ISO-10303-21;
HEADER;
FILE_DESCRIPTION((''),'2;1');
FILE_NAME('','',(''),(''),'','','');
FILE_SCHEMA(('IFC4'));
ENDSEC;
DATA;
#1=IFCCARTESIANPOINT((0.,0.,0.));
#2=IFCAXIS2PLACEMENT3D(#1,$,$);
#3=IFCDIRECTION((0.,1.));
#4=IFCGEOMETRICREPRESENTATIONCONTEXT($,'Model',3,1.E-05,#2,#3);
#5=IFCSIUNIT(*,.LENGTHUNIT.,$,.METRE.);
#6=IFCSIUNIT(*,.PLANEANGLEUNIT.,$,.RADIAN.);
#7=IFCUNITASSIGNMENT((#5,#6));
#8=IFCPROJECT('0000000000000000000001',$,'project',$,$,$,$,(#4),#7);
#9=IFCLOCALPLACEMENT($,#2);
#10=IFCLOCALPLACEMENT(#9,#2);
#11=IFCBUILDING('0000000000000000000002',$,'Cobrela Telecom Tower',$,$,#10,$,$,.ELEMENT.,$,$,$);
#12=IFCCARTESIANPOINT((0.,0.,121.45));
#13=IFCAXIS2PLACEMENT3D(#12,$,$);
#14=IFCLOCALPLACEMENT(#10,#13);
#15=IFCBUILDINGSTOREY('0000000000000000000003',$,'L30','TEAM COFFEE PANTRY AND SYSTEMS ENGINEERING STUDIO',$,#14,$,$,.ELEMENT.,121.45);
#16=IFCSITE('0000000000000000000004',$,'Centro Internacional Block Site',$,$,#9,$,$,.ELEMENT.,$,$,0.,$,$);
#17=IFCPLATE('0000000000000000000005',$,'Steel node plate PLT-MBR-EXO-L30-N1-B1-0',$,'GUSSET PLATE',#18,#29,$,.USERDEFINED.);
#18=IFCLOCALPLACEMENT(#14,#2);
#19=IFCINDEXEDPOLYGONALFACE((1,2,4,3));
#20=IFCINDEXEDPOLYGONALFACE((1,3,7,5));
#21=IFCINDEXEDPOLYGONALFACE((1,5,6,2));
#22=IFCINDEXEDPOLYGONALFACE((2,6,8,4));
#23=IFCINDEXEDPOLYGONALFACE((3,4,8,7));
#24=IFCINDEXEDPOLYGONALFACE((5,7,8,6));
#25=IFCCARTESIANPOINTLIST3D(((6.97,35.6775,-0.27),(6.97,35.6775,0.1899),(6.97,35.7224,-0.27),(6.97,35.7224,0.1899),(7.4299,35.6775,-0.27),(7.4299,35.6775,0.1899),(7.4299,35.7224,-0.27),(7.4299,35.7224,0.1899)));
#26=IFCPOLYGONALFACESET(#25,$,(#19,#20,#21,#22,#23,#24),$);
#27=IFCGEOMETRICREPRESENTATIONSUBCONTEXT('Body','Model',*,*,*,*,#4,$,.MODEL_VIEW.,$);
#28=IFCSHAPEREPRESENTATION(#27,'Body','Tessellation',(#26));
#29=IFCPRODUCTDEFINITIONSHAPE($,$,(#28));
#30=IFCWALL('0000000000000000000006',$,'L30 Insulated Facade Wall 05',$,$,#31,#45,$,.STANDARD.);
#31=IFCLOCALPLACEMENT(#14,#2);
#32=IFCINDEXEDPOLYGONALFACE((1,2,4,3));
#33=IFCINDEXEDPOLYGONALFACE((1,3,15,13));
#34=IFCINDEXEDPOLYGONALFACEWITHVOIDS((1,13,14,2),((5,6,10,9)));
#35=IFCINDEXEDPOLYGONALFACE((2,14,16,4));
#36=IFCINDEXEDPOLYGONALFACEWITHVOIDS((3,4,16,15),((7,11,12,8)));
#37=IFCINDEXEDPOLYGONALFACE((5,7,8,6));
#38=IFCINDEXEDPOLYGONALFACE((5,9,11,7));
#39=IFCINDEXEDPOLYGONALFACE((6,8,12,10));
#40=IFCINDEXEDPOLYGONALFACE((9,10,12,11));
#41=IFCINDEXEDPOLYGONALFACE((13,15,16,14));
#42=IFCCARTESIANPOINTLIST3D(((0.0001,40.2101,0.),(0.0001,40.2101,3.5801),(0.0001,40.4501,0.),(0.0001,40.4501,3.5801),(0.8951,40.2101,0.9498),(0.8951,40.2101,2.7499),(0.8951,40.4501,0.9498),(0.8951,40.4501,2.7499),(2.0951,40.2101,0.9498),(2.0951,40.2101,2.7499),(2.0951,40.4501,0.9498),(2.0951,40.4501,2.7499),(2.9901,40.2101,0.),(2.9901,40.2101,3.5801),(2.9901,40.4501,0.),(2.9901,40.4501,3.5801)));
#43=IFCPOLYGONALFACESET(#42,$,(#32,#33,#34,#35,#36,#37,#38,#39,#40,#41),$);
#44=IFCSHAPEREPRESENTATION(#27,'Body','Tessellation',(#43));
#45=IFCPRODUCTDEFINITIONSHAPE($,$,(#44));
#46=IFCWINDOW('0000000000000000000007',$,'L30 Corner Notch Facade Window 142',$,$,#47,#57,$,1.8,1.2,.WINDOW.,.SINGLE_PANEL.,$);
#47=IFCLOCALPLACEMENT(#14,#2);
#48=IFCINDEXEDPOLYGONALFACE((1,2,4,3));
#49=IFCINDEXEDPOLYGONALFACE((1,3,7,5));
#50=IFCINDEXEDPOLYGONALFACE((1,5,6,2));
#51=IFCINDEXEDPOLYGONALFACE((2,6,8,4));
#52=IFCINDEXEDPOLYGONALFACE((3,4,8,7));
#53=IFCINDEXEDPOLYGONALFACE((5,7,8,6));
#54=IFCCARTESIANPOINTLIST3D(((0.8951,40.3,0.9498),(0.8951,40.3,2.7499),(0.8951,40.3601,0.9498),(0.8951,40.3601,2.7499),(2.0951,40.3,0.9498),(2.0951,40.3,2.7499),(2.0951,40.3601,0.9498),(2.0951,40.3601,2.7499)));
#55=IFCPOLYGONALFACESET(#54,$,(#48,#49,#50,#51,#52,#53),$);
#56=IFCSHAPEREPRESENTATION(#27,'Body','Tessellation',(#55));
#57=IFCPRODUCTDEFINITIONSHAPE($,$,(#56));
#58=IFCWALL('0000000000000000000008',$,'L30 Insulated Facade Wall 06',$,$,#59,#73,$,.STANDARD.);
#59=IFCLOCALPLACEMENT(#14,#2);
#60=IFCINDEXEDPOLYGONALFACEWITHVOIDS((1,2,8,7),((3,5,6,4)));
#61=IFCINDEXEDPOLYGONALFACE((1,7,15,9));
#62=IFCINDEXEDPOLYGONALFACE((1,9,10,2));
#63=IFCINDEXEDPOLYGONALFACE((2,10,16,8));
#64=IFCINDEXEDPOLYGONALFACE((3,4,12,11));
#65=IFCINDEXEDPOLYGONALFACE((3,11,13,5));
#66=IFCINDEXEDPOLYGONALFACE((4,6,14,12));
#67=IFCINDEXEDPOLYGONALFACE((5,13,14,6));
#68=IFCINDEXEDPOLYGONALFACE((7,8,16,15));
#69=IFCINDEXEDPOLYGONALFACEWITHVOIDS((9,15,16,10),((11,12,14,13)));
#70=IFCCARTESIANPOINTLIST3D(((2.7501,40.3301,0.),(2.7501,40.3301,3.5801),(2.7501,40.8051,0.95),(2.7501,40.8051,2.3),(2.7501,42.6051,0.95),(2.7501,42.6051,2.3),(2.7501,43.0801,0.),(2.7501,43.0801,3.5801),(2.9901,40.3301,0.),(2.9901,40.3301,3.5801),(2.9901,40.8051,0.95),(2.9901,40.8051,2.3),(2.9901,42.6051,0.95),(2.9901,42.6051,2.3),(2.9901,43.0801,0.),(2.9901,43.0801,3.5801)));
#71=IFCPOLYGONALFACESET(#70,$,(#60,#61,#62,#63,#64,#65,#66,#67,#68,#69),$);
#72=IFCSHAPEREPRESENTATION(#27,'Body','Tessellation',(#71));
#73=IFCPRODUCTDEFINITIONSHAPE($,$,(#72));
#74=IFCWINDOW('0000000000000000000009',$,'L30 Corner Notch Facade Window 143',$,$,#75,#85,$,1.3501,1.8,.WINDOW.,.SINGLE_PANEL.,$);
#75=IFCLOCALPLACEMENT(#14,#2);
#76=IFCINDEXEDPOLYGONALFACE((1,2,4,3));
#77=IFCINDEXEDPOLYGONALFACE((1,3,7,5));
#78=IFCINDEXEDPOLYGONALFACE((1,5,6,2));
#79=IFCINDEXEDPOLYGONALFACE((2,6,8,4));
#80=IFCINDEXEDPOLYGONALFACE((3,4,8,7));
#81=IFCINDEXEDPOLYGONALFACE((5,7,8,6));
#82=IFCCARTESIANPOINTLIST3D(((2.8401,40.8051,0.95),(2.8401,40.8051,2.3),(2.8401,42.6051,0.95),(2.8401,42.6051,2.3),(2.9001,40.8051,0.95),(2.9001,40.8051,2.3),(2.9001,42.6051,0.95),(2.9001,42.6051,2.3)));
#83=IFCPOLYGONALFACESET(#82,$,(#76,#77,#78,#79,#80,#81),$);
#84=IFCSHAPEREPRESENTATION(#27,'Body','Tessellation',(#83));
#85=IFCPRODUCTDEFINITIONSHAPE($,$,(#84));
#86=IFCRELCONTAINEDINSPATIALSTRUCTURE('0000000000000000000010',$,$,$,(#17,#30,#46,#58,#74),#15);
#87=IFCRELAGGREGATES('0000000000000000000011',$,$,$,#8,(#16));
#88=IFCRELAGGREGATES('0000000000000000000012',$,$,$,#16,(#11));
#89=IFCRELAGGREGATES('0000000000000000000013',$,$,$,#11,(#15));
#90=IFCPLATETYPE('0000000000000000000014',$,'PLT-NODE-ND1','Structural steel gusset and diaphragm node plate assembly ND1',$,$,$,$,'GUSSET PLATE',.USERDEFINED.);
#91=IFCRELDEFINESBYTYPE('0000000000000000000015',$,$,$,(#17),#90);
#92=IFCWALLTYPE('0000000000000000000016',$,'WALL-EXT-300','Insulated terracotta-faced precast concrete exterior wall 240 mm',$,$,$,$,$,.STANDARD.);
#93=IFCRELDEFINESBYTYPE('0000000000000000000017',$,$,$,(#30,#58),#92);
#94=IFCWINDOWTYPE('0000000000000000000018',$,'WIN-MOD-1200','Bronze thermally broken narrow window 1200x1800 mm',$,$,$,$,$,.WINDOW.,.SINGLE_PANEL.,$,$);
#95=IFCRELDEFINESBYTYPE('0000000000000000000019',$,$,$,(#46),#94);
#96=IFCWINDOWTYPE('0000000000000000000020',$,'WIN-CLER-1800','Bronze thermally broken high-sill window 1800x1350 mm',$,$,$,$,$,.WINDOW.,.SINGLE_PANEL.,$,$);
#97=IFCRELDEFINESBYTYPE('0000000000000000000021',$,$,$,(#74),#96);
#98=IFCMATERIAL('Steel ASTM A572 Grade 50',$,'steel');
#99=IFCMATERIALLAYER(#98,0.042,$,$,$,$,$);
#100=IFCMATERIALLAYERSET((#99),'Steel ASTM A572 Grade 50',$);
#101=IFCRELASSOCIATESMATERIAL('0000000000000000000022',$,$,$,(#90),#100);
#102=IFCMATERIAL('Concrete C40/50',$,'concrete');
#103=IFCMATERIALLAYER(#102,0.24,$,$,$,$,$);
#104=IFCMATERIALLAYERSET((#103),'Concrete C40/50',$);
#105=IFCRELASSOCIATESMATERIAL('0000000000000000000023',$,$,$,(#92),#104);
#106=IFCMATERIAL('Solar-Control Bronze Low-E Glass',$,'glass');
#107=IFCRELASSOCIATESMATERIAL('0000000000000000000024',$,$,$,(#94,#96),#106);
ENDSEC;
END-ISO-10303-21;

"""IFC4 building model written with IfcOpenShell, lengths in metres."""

from ifc_helpers import new_model, si_unit, direction, frame, frame_2d, origin, origin_2d, place, context, subcontext, project, spatial, rectangle, extrude, material, layer, layer_set, type_object, element, fill, save


model = new_model("IFC4")

# Units and contexts
model_context = context("Model", 3, precision=1e-05, world=origin(), true_north=direction((0.0, 1.0)))
body_context = subcontext(model_context, "Body", "Model", "MODEL_VIEW")
ifc_project = project(units=[si_unit("LENGTHUNIT", "METRE"), si_unit("PLANEANGLEUNIT", "RADIAN")], contexts=[model_context])

# Site, building, storey
site_placement = place(None, origin())
site = spatial("IfcSite", under=ifc_project, at=site_placement, Name="Centro Internacional Block Site", CompositionType="ELEMENT", RefElevation=0.0)
building_placement = place(site_placement, origin())
building = spatial("IfcBuilding", under=site, at=building_placement, Name="Cobrela Telecom Tower", CompositionType="ELEMENT")
storey_placement = place(building_placement, frame((0.0, 0.0, 121.45)))
storey = spatial("IfcBuildingStorey", under=building, at=storey_placement, Name="L30", Description="TEAM COFFEE PANTRY AND SYSTEMS ENGINEERING STUDIO", CompositionType="ELEMENT", Elevation=121.45)

# Shared definitions
ifc_material_1 = material(Name="Steel ASTM A572 Grade 50", Category="steel")

# Shared definitions
ifc_material_2 = material(Name="Solar-Control Bronze Low-E Glass", Category="glass")

# Plate
ifc_layer_1 = layer(ifc_material_1, 0.042)
ifc_layer_set_1 = layer_set([ifc_layer_1], Name="Steel ASTM A572 Grade 50")
plate_type_1 = type_object("IfcPlateType", Name="PLT-NODE-ND1", Description="Structural steel gusset and diaphragm node plate assembly ND1", ElementType="GUSSET PLATE", PredefinedType="USERDEFINED", material=ifc_layer_set_1)
for number, where, z_axis, x_axis, name in (
    (1, (7.2, 35.7, -0.27), (0.0, 0.0, 1.0), (-1.0, 0.0, 0.0), "Steel node plate PLT-MBR-EXO-L30-N1-B1-0"),
):
    element("IfcPlate", number, at=place(storey_placement, frame(where, z_axis=z_axis, x_axis=x_axis)), inside=storey, type_object=plate_type_1, Name=name, ObjectType="GUSSET PLATE", PredefinedType="USERDEFINED", context=body_context, shape_type="SweptSolid", body=[
        extrude(rectangle(XDim=0.46, YDim=0.0449, at=origin_2d()), origin(), (0.0, 0.0, 1.0), 0.46),
    ])

# Walls, openings, windows
ifc_material_3 = material(Name="Concrete C40/50", Category="concrete")
ifc_layer_2 = layer(ifc_material_3, 0.24)
ifc_layer_set_2 = layer_set([ifc_layer_2], Name="Concrete C40/50")
wall_type = type_object("IfcWallType", Name="WALL-EXT-300", Description="Insulated terracotta-faced precast concrete exterior wall 240 mm", PredefinedType="STANDARD", material=ifc_layer_set_2)
wall_1_placement = place(storey_placement, frame((0.0, 40.3301, 0.0), z_axis=(0.0, 0.0, 1.0), x_axis=(1.0, 0.0, 0.0)))
wall_1 = element("IfcWall", 2, at=wall_1_placement, inside=storey, type_object=wall_type, Name="L30 Insulated Facade Wall 05", PredefinedType="STANDARD", context=body_context, shape_type="SweptSolid", body=[
    extrude(rectangle(XDim=2.99, YDim=0.24, at=frame_2d((1.4951, 0.0))), origin(), (0.0, 0.0, 1.0), 3.5801),
])
opening_1_placement = place(wall_1_placement, frame((0.895, 0.0, 0.95)))
opening_1 = element("IfcOpeningElement", 3, at=opening_1_placement, cuts=wall_1, PredefinedType="OPENING", context=body_context, shape_type="SweptSolid", body=[
    extrude(rectangle(XDim=1.2, YDim=1.8, at=frame_2d((0.6001, 0.8999))), frame((0.0, 0.1318, 0.0), z_axis=(0.0, -1.0, 0.0), x_axis=(1.0, 0.0, 0.0)), (0.0, 0.0, 1.0), 0.2639),
])
window_type_1 = type_object("IfcWindowType", Name="WIN-MOD-1200", Description="Bronze thermally broken narrow window 1200x1800 mm", PartitioningType="SINGLE_PANEL", PredefinedType="WINDOW", material=ifc_material_2)
window_1_placement = place(opening_1_placement, origin())
window_1 = element("IfcWindow", 4, at=window_1_placement, inside=storey, type_object=window_type_1, Name="L30 Corner Notch Facade Window 142", OverallHeight=1.8, OverallWidth=1.2, PartitioningType="SINGLE_PANEL", PredefinedType="WINDOW", context=body_context, shape_type="SweptSolid", body=[
    extrude(rectangle(XDim=1.2, YDim=1.8, at=frame_2d((0.6001, 0.8999))), frame((0.0, 0.03, 0.0), z_axis=(0.0, -1.0, 0.0), x_axis=(1.0, 0.0, 0.0)), (0.0, 0.0, 1.0), 0.0601),
])
fill(opening_1, window_1)
wall_2_placement = place(storey_placement, frame((2.8701, 40.3301, 0.0), z_axis=(0.0, 0.0, 1.0), x_axis=(0.0, 1.0, 0.0)))
wall_2 = element("IfcWall", 5, at=wall_2_placement, inside=storey, type_object=wall_type, Name="L30 Insulated Facade Wall 06", PredefinedType="STANDARD", context=body_context, shape_type="SweptSolid", body=[
    extrude(rectangle(XDim=2.75, YDim=0.24, at=frame_2d((1.375, 0.0))), origin(), (0.0, 0.0, 1.0), 3.5801),
])
opening_2_placement = place(wall_2_placement, frame((0.4751, 0.0, 0.95)))
opening_2 = element("IfcOpeningElement", 6, at=opening_2_placement, cuts=wall_2, PredefinedType="OPENING", context=body_context, shape_type="SweptSolid", body=[
    extrude(rectangle(XDim=1.8, YDim=1.3501, at=frame_2d((0.8999, 0.675))), frame((0.0, 0.1318, 0.0), z_axis=(0.0, -1.0, 0.0), x_axis=(1.0, 0.0, 0.0)), (0.0, 0.0, 1.0), 0.2639),
])
window_type_2 = type_object("IfcWindowType", Name="WIN-CLER-1800", Description="Bronze thermally broken high-sill window 1800x1350 mm", PartitioningType="SINGLE_PANEL", PredefinedType="WINDOW", material=ifc_material_2)
window_2_placement = place(opening_2_placement, origin())
window_2 = element("IfcWindow", 7, at=window_2_placement, inside=storey, type_object=window_type_2, Name="L30 Corner Notch Facade Window 143", OverallHeight=1.3501, OverallWidth=1.8, PartitioningType="SINGLE_PANEL", PredefinedType="WINDOW", context=body_context, shape_type="SweptSolid", body=[
    extrude(rectangle(XDim=1.8, YDim=1.3501, at=frame_2d((0.8999, 0.675))), frame((0.0, 0.03, 0.0), z_axis=(0.0, -1.0, 0.0), x_axis=(1.0, 0.0, 0.0)), (0.0, 0.0, 1.0), 0.0601),
])
fill(opening_2, window_2)

save(model, "model.ifc")
